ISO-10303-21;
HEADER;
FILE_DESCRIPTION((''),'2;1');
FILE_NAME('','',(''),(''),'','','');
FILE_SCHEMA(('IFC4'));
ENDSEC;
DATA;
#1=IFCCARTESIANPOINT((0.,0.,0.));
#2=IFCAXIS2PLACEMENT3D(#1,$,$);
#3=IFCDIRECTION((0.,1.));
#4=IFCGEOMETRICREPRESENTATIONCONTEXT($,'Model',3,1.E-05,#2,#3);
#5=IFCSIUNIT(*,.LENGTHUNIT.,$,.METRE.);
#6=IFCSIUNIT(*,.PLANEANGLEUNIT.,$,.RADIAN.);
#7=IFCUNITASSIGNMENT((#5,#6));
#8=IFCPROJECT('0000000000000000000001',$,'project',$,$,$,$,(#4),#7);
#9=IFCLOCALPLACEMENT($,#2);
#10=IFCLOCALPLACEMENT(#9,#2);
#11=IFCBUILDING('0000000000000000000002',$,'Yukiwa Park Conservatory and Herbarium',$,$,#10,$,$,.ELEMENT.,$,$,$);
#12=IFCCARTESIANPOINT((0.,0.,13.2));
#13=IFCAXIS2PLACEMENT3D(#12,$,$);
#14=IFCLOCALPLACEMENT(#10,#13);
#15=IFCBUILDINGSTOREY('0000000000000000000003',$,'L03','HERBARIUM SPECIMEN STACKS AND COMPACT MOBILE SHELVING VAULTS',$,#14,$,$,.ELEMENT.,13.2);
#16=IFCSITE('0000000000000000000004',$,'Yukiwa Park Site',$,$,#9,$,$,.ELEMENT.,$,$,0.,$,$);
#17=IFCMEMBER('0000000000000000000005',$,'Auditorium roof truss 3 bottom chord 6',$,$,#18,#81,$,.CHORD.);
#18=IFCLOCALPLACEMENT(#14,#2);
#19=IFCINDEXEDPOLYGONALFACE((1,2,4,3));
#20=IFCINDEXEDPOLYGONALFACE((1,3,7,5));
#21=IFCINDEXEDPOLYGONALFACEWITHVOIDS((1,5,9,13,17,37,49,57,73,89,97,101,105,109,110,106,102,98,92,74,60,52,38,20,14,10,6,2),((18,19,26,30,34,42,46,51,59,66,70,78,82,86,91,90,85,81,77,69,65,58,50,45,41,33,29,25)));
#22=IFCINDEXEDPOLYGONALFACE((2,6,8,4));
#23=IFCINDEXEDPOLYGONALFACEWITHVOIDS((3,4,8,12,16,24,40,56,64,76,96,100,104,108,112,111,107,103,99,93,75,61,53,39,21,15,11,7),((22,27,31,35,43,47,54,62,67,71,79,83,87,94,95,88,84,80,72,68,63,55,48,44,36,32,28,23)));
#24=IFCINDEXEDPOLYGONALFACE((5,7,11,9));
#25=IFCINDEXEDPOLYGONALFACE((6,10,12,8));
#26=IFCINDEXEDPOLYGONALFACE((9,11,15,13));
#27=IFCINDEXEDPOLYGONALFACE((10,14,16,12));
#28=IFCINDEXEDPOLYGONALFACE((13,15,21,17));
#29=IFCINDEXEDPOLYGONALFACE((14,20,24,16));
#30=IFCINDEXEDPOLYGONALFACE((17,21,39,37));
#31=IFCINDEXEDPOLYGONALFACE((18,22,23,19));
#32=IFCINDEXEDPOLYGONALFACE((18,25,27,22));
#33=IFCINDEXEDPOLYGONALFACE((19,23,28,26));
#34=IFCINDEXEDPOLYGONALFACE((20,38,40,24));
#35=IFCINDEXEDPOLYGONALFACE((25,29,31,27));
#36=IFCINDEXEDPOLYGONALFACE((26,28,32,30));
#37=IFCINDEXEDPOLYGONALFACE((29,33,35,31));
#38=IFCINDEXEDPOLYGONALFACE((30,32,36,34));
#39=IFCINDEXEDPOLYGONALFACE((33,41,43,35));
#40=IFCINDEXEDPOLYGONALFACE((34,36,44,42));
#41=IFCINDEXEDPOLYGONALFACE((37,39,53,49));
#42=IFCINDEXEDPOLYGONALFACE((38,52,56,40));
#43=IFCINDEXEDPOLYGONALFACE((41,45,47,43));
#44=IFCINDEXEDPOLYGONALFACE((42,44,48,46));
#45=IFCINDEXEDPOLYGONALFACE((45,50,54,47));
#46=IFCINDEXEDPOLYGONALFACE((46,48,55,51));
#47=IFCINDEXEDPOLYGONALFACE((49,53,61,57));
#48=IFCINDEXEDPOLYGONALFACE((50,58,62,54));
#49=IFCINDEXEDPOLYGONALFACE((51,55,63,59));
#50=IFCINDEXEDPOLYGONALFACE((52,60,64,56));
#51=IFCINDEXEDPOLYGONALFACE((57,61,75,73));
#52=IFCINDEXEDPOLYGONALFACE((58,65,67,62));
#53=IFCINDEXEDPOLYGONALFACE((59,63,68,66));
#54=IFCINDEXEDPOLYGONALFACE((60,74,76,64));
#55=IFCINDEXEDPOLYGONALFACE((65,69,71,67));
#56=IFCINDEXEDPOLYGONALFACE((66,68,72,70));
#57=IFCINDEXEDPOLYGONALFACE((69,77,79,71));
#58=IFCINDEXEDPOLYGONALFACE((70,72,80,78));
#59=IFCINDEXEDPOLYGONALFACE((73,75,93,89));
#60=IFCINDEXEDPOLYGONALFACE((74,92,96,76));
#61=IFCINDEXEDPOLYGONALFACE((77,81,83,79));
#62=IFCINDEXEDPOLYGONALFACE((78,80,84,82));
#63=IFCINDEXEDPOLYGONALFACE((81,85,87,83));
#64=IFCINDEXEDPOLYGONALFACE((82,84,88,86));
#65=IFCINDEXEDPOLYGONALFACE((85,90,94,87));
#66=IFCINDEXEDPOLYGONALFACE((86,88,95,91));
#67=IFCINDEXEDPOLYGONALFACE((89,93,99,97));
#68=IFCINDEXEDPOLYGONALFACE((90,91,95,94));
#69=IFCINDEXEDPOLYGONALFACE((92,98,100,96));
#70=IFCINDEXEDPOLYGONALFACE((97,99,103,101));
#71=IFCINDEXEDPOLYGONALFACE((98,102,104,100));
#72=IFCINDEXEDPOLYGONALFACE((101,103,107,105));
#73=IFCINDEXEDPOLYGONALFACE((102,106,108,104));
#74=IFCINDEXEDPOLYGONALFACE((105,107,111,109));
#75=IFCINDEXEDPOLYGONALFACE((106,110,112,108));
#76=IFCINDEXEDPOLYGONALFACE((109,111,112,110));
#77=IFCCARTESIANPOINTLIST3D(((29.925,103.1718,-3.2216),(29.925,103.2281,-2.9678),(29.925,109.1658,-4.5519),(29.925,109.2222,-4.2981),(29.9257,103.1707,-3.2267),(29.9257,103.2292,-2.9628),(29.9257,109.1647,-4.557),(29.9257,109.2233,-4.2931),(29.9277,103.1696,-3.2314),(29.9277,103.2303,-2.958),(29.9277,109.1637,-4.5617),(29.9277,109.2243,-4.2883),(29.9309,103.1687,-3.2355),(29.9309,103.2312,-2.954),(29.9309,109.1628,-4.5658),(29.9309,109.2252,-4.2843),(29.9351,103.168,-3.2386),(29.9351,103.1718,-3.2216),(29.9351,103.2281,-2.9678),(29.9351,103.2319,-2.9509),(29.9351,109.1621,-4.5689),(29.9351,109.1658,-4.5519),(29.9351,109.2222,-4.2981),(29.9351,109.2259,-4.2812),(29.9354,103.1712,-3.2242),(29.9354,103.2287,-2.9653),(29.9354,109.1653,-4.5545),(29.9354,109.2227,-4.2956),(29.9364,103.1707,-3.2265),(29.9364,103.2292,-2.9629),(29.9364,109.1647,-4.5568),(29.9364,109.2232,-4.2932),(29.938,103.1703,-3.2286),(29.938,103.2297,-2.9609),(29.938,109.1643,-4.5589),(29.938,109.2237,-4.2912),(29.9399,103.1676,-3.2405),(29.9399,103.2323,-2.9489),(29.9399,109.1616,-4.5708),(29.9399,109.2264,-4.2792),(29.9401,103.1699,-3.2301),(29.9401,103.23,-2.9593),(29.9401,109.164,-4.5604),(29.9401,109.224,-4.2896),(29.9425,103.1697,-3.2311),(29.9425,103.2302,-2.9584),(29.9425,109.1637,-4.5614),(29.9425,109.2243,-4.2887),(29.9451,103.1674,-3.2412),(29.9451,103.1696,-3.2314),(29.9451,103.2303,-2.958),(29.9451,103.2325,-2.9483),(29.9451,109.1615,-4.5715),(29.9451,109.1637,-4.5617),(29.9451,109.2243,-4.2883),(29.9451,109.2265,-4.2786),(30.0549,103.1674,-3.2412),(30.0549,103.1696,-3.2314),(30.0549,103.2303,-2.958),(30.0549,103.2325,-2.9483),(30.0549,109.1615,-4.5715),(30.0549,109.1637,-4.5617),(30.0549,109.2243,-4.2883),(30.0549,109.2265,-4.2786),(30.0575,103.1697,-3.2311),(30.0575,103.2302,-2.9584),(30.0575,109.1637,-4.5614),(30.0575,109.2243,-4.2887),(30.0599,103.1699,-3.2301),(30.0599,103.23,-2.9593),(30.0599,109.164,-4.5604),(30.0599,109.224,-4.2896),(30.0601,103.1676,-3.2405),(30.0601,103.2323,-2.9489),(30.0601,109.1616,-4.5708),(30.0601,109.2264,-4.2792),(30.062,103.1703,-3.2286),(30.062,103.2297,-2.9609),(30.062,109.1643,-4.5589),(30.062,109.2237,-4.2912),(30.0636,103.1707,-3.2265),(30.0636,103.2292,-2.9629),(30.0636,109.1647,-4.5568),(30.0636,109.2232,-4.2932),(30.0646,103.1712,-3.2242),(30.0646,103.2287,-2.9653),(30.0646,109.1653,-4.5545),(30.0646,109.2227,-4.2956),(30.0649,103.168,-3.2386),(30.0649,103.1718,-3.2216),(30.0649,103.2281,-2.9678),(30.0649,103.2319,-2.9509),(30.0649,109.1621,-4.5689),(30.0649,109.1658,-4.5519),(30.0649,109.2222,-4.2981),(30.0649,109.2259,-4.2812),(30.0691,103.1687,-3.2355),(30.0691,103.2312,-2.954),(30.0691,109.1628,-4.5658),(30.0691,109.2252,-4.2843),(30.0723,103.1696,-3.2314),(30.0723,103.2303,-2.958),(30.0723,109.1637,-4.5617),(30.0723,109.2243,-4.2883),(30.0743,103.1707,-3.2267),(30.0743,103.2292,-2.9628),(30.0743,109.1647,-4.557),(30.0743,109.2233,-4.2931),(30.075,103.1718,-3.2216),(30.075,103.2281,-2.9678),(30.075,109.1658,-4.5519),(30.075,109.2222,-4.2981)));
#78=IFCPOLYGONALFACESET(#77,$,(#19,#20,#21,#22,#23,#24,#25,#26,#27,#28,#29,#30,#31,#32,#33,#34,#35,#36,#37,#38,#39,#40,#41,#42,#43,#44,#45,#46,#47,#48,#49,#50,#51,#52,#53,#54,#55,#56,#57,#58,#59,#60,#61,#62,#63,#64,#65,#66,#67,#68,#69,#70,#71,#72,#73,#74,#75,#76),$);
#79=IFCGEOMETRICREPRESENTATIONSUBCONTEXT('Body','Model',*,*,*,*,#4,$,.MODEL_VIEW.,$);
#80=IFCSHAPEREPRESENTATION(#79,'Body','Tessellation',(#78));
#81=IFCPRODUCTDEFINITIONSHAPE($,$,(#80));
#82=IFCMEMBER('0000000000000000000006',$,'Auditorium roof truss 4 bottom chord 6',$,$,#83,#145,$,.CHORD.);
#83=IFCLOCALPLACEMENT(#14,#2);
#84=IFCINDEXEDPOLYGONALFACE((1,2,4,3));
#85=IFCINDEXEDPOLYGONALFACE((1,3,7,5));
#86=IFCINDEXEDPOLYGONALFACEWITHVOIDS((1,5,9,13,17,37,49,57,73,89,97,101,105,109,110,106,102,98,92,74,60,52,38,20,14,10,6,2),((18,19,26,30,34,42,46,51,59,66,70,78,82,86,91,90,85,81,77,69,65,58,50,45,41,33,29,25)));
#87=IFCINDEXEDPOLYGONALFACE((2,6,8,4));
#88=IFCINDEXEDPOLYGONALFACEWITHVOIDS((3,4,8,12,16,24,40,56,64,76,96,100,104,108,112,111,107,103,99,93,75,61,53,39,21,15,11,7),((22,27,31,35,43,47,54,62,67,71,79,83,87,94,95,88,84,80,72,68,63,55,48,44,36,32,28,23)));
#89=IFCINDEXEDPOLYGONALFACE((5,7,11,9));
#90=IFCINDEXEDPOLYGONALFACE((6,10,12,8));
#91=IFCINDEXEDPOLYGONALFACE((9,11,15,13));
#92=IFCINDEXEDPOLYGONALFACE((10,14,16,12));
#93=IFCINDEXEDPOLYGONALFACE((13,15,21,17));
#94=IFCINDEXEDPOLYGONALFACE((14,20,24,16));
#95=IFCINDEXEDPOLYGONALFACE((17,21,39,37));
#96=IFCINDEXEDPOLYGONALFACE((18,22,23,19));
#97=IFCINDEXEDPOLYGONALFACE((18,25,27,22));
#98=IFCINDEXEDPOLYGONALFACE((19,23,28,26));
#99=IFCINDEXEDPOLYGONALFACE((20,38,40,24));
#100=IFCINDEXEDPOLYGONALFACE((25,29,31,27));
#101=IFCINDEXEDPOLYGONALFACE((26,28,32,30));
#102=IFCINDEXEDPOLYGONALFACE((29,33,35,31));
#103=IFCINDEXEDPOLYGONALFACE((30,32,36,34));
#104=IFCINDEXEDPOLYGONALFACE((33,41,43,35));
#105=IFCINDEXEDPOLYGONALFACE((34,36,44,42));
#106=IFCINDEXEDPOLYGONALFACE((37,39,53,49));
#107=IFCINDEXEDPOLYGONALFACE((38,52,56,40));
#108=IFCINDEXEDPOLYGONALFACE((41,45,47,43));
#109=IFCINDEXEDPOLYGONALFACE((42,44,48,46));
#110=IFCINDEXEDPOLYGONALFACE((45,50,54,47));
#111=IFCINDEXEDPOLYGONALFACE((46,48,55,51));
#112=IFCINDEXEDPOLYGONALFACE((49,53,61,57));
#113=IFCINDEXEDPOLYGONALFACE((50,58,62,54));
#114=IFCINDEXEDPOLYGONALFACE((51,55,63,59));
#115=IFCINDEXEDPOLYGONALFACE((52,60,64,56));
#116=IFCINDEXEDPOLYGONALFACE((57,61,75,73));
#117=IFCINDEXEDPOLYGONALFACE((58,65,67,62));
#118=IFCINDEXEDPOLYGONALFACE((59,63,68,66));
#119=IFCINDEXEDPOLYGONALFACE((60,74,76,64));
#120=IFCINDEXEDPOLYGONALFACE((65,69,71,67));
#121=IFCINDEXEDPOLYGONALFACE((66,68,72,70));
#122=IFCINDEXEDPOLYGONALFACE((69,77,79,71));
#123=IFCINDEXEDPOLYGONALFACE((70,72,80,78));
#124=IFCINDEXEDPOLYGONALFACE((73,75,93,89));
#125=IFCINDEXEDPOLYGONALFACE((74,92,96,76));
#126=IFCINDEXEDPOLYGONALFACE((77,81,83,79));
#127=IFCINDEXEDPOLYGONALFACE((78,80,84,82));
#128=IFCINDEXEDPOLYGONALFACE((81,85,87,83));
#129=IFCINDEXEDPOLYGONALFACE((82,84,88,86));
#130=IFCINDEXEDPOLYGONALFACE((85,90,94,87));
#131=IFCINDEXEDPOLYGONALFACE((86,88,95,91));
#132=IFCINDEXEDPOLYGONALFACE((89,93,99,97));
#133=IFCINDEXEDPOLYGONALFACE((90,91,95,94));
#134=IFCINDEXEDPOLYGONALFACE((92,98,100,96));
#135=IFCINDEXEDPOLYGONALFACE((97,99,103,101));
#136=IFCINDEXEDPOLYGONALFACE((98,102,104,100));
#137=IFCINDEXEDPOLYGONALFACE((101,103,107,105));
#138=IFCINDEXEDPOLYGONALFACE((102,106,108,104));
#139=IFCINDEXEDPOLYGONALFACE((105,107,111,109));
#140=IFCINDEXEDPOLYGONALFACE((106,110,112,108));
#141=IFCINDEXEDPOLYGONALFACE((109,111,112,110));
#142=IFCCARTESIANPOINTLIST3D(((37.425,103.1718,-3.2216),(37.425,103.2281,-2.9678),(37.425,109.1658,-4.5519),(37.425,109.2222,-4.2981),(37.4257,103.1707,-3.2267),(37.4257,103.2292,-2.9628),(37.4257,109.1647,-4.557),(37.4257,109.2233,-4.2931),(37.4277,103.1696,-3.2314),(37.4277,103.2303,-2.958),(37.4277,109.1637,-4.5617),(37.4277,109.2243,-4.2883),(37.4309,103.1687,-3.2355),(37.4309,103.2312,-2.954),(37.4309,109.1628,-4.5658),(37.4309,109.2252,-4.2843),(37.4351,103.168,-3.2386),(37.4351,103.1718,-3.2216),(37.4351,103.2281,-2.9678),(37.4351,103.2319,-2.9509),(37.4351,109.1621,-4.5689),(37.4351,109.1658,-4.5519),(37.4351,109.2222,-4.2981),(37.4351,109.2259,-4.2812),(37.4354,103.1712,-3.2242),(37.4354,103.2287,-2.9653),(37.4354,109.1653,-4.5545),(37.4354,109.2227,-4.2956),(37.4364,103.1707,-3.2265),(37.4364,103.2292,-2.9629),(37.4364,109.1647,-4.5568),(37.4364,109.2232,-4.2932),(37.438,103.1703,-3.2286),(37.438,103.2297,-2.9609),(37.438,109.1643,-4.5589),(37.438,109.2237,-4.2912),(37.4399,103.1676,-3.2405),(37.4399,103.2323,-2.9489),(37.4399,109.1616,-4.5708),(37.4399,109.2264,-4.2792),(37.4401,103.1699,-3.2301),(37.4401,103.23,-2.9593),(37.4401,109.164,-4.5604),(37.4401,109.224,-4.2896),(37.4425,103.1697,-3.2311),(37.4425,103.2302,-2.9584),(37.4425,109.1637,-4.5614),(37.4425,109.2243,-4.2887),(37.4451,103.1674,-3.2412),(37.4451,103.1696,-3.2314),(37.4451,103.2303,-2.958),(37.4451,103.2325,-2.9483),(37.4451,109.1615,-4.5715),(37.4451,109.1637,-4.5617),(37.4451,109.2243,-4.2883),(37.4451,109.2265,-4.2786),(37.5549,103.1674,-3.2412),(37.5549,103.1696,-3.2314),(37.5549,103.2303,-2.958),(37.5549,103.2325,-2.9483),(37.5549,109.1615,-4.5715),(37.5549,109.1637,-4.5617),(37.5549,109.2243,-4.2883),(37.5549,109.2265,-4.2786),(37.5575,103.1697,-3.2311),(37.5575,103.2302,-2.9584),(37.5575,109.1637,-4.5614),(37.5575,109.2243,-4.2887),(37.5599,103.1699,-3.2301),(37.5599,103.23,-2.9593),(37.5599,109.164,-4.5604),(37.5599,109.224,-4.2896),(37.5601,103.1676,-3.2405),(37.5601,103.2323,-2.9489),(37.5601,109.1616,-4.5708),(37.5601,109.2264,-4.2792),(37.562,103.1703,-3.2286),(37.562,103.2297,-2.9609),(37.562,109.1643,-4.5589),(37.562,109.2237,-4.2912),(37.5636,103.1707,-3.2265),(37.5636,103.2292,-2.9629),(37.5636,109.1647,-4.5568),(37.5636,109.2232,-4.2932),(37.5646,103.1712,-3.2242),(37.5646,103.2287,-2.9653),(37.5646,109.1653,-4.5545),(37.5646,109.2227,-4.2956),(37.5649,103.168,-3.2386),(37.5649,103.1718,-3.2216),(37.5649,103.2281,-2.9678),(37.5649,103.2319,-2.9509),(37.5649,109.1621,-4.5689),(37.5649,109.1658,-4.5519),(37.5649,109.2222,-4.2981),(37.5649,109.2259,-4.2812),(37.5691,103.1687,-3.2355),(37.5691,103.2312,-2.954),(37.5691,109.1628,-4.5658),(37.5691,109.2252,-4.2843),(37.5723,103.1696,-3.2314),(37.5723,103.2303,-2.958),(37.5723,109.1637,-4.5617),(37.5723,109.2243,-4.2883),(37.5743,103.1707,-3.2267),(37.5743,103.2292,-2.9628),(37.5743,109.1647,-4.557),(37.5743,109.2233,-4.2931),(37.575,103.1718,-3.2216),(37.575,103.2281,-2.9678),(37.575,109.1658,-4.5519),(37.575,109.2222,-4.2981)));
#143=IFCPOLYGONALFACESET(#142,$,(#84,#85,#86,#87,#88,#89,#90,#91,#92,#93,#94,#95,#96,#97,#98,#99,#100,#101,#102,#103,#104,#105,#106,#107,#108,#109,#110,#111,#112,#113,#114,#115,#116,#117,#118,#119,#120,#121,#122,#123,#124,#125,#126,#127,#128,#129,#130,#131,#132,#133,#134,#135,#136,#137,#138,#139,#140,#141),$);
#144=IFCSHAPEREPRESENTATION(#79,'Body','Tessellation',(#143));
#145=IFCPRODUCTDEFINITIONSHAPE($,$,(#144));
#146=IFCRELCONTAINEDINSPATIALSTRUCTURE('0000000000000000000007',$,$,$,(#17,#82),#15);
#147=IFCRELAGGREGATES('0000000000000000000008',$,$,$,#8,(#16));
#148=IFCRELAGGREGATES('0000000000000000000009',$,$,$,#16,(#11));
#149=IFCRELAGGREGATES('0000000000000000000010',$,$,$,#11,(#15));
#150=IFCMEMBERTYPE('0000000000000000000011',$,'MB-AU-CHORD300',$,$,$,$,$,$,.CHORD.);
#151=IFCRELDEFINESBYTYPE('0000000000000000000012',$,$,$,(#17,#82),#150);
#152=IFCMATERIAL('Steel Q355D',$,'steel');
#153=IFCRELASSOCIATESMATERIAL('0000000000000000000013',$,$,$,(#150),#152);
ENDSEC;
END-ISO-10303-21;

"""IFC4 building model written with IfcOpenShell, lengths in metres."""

from ifc_helpers import new_model, si_unit, direction, frame, origin, origin_2d, place, context, subcontext, project, spatial, hollow_rectangle, extrude, material, material_profile, profile_set, type_object, element, save


model = new_model("IFC4")

# Units and contexts
model_context = context("Model", 3, precision=1e-05, world=origin(), true_north=direction((0.0, 1.0)))
body_context = subcontext(model_context, "Body", "Model", "MODEL_VIEW")
ifc_project = project(units=[si_unit("LENGTHUNIT", "METRE"), si_unit("PLANEANGLEUNIT", "RADIAN")], contexts=[model_context])

# Site, building, storey
site_placement = place(None, origin())
site = spatial("IfcSite", under=ifc_project, at=site_placement, Name="Yukiwa Park Site", CompositionType="ELEMENT", RefElevation=0.0)
building_placement = place(site_placement, origin())
building = spatial("IfcBuilding", under=site, at=building_placement, Name="Yukiwa Park Conservatory and Herbarium", CompositionType="ELEMENT")
storey_placement = place(building_placement, frame((0.0, 0.0, 13.2)))
storey = spatial("IfcBuildingStorey", under=building, at=storey_placement, Name="L03", Description="HERBARIUM SPECIMEN STACKS AND COMPACT MOBILE SHELVING VAULTS", CompositionType="ELEMENT", Elevation=13.2)

# Members
ifc_material_1 = material(Name="Steel Q355D", Category="steel")
ifc_material_profile_1 = material_profile(ifc_material_1, hollow_rectangle(XDim=0.1499, YDim=0.3, WallThickness=0.01, InnerFilletRadius=0.01, OuterFilletRadius=0.02, at=origin_2d()), Name="RHS 300x150x10")
ifc_profile_set_1 = profile_set([ifc_material_profile_1], Name="Steel Q355D")
member_type_1 = type_object("IfcMemberType", Name="MB-AU-CHORD300", PredefinedType="CHORD", material=ifc_profile_set_1)
for number, where, z_axis, x_axis, name in (
    (1, (30.0, 103.2, -3.0947), (0.0, 0.976246, -0.216665), (-1.0, 0.0, 0.0), "Auditorium roof truss 3 bottom chord 6"),
    (2, (37.5, 103.2, -3.0947), (0.0, 0.976246, -0.216665), (-1.0, 0.0, 0.0), "Auditorium roof truss 4 bottom chord 6"),
):
    element("IfcMember", number, at=place(storey_placement, frame(where, z_axis=z_axis, x_axis=x_axis)), inside=storey, type_object=member_type_1, Name=name, PredefinedType="CHORD", context=body_context, shape_type="SweptSolid", body=[
        extrude(hollow_rectangle(XDim=0.1499, YDim=0.3, WallThickness=0.01, InnerFilletRadius=0.01, OuterFilletRadius=0.02, at=origin_2d()), origin(), (0.0, 0.0, 1.0), 6.1399),
    ])

save(model, "model.ifc")
